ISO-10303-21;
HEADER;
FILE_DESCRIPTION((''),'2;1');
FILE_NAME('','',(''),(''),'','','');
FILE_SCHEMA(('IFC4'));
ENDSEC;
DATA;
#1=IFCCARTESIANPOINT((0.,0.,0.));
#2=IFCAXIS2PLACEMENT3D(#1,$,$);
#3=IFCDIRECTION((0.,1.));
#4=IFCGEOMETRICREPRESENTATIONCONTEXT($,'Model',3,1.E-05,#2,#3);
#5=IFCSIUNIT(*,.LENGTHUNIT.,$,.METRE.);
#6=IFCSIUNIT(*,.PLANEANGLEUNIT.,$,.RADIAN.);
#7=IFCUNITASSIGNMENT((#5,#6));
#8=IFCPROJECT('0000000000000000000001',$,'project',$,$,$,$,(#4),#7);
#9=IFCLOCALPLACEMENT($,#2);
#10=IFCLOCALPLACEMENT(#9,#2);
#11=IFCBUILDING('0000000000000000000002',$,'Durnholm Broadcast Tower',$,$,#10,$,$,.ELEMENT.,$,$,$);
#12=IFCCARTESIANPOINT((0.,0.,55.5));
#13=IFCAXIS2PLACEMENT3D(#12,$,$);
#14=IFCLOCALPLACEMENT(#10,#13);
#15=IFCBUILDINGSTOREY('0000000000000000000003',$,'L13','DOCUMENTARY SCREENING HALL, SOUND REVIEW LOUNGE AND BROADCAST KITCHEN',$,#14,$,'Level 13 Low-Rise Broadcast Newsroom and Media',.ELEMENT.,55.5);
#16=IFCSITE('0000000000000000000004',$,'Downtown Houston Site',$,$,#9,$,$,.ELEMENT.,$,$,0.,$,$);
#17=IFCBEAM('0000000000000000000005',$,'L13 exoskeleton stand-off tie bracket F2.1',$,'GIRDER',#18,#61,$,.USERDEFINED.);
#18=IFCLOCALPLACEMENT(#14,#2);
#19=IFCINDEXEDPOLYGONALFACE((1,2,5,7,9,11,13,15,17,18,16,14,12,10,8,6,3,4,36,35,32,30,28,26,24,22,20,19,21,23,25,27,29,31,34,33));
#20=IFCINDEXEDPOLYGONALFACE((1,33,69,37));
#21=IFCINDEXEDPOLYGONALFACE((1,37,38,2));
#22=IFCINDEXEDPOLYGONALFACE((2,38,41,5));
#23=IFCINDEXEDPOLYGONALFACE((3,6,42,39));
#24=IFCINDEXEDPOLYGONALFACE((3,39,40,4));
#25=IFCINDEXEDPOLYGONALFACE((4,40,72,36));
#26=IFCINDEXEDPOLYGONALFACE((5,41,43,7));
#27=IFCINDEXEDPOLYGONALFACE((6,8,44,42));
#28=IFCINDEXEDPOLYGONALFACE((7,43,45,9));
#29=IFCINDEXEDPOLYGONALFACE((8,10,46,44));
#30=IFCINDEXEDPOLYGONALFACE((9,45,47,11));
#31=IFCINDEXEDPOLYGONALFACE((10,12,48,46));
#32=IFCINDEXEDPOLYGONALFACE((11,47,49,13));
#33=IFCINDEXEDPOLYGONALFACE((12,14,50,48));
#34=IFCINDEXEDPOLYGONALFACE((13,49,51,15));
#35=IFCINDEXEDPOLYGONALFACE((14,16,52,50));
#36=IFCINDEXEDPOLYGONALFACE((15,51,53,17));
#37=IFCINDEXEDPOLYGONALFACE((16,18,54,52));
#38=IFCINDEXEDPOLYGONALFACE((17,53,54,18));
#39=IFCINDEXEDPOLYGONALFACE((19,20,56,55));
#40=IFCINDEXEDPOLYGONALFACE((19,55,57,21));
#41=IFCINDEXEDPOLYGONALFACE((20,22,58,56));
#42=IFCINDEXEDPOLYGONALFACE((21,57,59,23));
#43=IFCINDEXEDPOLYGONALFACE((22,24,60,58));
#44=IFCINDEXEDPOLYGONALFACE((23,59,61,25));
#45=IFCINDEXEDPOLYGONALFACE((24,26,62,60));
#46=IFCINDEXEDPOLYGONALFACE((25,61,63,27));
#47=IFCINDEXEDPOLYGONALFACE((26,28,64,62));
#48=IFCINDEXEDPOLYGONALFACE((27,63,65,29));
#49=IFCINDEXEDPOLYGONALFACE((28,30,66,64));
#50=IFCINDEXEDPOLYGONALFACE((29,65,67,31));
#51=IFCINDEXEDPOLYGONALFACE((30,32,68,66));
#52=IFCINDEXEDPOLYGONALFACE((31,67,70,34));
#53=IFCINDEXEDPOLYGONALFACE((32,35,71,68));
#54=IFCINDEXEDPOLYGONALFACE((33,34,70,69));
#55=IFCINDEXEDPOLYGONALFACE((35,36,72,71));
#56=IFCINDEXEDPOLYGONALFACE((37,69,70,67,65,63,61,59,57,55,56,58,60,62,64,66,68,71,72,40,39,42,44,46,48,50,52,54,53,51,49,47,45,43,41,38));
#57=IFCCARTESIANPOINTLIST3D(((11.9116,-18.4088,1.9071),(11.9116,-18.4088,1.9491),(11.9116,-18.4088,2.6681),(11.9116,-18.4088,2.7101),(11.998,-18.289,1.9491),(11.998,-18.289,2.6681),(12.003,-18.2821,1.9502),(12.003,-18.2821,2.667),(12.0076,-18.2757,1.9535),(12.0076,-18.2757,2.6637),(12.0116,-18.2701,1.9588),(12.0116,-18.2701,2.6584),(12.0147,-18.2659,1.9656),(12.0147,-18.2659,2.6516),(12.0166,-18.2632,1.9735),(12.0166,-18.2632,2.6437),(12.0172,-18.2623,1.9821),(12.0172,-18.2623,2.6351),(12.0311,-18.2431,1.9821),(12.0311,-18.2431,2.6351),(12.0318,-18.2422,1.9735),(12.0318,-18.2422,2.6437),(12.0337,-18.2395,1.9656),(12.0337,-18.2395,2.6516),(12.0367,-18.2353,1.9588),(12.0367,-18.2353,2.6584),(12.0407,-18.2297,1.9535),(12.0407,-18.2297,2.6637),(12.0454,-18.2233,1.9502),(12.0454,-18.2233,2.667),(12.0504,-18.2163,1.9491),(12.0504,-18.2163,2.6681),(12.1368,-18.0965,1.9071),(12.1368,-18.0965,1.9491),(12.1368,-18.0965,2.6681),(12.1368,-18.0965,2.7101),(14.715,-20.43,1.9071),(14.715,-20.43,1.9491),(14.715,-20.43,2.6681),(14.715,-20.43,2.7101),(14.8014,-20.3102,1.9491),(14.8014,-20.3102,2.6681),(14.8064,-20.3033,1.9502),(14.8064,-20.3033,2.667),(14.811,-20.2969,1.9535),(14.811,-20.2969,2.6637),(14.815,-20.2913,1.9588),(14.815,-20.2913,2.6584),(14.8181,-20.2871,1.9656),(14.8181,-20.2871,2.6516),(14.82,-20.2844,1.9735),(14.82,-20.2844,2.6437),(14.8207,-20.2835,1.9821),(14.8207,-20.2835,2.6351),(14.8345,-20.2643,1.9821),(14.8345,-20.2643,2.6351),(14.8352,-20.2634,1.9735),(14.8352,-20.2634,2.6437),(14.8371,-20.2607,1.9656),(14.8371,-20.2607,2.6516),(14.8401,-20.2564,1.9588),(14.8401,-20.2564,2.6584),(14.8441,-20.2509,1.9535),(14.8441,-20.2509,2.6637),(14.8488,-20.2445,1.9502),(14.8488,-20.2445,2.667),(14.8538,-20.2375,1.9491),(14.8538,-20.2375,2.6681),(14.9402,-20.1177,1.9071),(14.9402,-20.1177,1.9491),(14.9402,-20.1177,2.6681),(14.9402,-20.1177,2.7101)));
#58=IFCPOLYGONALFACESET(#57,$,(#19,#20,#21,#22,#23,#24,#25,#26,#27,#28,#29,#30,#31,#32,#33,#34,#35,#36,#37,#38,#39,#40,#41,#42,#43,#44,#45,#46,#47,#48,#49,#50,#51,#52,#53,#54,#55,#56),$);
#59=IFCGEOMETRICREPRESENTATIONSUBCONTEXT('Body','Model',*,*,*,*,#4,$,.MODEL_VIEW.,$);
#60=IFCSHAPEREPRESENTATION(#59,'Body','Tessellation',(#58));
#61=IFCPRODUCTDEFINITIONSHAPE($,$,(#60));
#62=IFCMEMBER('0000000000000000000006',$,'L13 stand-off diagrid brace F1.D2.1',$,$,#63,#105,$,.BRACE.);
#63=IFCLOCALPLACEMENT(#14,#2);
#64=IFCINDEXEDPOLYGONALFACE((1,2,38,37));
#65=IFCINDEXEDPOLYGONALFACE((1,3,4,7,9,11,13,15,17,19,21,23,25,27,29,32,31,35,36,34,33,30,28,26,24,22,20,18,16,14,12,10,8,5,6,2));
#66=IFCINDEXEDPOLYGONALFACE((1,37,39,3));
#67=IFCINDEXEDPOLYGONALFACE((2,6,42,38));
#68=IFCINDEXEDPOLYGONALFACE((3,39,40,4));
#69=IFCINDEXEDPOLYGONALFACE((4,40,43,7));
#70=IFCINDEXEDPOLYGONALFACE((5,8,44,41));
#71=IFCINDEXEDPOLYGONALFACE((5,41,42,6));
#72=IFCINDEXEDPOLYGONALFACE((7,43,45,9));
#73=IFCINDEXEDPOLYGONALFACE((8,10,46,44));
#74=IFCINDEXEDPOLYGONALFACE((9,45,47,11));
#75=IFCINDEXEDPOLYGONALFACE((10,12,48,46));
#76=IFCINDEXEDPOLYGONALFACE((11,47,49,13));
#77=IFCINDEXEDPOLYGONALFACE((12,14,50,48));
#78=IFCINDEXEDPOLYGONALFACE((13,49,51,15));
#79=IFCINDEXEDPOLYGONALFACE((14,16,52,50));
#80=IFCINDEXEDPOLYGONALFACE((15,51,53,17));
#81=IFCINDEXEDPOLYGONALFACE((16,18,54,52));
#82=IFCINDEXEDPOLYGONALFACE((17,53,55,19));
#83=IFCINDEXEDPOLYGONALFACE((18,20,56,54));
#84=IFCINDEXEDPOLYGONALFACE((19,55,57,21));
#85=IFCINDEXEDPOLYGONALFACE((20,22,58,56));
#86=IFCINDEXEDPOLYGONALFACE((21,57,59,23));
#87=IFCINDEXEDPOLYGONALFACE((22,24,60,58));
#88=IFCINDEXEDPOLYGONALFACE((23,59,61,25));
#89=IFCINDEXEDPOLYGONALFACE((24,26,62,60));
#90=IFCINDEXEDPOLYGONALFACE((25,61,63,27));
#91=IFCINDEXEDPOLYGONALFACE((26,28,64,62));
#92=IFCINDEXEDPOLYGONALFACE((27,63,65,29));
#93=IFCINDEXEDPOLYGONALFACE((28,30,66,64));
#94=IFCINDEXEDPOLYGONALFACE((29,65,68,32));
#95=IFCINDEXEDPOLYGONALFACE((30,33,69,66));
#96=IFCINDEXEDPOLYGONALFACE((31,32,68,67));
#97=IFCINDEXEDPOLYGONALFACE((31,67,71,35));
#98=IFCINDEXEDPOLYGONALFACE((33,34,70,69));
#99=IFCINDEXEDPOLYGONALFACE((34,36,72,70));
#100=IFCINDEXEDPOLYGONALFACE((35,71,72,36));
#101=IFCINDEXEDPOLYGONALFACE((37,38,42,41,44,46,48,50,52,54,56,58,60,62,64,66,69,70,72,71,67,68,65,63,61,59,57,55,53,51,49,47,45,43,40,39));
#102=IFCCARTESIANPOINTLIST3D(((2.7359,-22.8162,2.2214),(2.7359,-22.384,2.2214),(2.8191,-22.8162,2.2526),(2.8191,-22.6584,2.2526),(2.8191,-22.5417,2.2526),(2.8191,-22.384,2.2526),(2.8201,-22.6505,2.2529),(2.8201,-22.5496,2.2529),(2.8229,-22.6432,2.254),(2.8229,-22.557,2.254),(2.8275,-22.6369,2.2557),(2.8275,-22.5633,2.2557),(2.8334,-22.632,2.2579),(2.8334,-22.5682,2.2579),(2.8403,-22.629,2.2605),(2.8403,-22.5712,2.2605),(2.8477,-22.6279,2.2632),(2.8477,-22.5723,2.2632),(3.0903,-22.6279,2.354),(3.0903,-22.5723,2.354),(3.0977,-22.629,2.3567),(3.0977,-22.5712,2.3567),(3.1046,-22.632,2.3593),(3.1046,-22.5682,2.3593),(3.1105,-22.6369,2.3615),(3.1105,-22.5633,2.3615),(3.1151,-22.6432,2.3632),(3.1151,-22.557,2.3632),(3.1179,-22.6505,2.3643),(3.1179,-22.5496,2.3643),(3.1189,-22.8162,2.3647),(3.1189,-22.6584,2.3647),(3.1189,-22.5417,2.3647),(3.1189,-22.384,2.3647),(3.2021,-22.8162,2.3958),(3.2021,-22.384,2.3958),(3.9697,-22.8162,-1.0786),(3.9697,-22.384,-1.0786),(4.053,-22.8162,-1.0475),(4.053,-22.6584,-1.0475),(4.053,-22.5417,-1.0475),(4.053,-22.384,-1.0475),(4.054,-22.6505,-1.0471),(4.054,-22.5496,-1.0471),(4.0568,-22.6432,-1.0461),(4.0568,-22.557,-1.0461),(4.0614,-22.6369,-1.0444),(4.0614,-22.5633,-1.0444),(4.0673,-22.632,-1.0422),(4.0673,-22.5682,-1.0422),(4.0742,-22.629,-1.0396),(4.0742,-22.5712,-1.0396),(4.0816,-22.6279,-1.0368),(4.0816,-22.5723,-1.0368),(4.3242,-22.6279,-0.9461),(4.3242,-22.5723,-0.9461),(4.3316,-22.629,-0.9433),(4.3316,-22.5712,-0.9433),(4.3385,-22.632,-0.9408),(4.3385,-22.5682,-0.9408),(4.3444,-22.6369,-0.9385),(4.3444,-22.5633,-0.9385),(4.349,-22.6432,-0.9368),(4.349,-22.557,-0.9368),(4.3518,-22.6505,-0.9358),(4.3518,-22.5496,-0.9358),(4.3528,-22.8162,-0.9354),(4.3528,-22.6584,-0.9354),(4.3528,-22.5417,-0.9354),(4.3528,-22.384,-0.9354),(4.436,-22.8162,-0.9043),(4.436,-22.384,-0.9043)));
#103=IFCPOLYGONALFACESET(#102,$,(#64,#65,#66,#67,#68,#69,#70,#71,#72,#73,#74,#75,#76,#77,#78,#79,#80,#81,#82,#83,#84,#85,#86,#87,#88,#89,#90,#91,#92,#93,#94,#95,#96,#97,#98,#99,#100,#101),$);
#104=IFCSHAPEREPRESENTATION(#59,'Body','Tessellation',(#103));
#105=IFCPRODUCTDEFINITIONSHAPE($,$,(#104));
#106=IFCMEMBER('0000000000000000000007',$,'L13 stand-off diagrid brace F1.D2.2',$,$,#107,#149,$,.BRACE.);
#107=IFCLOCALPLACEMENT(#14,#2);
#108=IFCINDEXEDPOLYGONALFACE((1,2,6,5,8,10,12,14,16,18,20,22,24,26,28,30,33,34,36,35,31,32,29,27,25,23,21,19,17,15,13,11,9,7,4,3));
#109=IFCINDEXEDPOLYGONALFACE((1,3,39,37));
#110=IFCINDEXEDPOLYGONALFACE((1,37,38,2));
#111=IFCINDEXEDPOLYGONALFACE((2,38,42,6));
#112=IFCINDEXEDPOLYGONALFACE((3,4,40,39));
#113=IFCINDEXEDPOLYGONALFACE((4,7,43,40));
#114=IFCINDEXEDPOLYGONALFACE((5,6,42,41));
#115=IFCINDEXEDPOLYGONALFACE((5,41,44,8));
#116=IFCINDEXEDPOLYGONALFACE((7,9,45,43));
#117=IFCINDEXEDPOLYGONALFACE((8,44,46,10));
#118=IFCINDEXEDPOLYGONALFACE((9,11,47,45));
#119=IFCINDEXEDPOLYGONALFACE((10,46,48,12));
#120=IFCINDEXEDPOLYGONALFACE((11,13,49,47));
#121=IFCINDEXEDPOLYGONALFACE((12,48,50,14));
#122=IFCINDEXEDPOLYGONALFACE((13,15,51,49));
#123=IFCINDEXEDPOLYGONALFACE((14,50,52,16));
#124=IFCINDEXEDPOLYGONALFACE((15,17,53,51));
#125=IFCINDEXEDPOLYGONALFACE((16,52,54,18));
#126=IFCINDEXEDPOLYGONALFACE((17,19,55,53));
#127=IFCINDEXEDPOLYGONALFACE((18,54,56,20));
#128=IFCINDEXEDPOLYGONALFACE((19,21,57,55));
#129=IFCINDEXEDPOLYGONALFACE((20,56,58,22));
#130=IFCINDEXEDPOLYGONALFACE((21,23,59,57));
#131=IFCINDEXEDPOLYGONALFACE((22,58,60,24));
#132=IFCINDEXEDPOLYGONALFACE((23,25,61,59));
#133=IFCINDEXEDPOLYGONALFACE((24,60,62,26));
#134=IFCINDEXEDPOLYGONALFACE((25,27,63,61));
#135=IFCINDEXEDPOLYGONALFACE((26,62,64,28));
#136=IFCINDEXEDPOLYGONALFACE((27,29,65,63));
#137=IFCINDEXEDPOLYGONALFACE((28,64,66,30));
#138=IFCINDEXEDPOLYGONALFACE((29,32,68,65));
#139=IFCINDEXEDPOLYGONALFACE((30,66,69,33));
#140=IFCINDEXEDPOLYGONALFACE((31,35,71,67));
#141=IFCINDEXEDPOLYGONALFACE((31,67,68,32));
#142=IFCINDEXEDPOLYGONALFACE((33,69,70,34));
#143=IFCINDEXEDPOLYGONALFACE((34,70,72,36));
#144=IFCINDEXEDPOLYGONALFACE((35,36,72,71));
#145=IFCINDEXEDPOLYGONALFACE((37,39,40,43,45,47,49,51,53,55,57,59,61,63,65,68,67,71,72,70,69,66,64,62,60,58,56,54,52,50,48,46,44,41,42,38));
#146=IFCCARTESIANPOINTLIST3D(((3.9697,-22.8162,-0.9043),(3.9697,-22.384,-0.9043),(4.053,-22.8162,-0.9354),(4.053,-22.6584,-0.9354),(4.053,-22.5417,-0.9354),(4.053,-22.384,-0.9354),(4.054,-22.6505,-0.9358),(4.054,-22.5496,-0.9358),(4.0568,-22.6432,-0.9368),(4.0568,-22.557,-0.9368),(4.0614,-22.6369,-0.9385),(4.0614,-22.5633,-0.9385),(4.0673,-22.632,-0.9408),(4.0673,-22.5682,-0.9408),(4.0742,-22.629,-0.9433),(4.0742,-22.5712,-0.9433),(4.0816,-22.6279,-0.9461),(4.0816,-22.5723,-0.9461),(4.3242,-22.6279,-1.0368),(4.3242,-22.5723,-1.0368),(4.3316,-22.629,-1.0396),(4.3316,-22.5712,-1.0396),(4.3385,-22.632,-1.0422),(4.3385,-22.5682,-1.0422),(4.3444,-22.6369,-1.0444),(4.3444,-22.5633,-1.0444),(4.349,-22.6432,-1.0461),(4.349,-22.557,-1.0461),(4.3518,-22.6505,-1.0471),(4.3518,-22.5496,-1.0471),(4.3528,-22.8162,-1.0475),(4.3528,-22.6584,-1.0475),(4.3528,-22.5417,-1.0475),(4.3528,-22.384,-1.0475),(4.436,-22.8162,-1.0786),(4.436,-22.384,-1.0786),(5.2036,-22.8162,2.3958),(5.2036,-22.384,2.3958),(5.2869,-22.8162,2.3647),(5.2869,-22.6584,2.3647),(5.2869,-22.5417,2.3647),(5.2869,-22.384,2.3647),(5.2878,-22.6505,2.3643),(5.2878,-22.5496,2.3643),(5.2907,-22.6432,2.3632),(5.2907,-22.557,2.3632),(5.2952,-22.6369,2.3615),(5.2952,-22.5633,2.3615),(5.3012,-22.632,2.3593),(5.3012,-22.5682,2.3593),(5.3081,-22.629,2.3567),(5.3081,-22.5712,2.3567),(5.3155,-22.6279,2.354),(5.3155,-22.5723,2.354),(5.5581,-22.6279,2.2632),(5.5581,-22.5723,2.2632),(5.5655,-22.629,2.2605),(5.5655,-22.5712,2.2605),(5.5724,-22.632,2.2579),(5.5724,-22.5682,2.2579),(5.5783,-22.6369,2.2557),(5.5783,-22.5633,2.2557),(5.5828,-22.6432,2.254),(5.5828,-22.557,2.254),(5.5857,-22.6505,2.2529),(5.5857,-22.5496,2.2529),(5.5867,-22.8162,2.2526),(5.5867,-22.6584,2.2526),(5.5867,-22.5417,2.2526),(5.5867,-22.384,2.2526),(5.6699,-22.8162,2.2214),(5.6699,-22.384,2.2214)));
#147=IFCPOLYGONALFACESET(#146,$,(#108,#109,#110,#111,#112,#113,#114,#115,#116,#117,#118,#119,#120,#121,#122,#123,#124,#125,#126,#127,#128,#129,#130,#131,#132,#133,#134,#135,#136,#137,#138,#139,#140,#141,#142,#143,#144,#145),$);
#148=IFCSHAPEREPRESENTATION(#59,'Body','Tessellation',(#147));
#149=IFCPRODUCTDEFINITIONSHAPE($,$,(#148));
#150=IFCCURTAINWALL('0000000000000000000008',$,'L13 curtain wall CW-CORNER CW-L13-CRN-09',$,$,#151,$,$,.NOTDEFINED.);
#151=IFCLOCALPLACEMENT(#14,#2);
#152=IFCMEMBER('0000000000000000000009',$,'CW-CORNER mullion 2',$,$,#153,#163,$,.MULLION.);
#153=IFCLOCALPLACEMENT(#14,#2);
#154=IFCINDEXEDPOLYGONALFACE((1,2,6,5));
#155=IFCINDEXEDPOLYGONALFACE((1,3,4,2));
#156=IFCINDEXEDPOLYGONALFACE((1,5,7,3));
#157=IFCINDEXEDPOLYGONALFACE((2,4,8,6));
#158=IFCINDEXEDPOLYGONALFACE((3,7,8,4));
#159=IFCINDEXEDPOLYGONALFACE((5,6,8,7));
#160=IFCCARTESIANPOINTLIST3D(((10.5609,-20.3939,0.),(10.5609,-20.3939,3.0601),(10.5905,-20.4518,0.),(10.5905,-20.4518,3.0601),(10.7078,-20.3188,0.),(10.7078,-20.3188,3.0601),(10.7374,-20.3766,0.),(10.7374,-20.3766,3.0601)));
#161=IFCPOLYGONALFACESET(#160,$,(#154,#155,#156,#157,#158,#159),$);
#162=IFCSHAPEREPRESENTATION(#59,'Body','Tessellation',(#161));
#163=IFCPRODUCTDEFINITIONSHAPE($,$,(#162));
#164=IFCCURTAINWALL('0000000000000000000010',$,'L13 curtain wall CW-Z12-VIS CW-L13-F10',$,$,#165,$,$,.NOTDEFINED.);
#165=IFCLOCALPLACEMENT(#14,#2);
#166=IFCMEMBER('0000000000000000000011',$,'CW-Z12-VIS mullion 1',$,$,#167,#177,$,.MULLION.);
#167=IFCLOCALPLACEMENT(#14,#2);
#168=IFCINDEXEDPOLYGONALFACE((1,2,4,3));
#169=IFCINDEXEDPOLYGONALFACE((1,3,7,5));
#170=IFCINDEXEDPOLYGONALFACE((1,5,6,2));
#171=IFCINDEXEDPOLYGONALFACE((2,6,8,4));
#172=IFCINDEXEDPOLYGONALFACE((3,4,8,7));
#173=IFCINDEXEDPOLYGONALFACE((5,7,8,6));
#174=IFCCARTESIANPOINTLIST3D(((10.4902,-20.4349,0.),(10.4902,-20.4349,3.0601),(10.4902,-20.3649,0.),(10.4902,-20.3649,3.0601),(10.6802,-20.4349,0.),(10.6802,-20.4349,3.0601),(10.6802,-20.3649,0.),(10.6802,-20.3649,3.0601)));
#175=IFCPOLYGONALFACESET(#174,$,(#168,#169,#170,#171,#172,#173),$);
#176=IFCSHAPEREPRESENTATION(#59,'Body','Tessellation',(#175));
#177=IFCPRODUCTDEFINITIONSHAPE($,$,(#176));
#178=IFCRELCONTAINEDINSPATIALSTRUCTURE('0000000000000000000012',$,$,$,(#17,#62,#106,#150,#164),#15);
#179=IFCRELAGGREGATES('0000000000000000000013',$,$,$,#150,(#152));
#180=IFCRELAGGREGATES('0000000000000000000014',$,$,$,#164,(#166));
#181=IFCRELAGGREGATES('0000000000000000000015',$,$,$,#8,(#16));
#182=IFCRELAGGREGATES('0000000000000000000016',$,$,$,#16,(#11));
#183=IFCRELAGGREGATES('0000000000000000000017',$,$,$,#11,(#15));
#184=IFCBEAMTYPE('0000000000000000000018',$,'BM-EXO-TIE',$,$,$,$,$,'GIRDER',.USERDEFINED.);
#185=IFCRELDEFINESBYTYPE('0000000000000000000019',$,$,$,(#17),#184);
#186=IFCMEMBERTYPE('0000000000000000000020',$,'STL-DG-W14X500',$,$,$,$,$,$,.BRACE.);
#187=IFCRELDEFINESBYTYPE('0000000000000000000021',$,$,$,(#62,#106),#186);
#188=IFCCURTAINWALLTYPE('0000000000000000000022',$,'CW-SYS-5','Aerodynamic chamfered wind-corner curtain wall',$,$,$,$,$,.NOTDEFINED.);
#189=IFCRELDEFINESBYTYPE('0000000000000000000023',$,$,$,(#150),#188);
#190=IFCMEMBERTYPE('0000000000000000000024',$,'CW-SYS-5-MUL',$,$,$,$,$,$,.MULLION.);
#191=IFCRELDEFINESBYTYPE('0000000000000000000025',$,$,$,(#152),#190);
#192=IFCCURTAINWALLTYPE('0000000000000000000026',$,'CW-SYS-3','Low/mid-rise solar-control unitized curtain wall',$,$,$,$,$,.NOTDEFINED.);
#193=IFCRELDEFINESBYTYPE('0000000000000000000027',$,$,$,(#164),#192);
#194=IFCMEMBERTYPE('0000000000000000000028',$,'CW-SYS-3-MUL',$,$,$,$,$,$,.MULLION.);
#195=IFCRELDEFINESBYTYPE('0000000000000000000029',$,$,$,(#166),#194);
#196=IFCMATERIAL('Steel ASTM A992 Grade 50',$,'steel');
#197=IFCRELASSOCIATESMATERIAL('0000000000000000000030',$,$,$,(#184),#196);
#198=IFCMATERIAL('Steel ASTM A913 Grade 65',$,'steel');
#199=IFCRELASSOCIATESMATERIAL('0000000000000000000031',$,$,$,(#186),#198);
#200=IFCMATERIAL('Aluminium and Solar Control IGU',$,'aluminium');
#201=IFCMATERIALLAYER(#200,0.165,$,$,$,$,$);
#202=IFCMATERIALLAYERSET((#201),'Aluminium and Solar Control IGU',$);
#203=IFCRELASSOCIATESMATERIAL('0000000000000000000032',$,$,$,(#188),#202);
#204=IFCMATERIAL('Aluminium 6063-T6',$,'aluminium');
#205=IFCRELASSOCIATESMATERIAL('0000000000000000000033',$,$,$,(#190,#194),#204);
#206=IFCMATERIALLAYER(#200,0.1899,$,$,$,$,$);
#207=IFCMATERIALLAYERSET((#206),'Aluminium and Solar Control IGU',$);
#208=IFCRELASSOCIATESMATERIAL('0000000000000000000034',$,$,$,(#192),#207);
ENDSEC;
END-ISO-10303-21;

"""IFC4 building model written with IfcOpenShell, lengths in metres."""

from ifc_helpers import new_model, si_unit, direction, frame, origin, origin_2d, place, context, subcontext, project, spatial, rectangle, i_section, extrude, source, transform, mapped, material, layer, layer_set, material_profile, profile_set, type_object, type_shapes, element, aggregate, save


model = new_model("IFC4")

# Units and contexts
model_context = context("Model", 3, precision=1e-05, world=origin(), true_north=direction((0.0, 1.0)))
body_context = subcontext(model_context, "Body", "Model", "MODEL_VIEW")
ifc_project = project(units=[si_unit("LENGTHUNIT", "METRE"), si_unit("PLANEANGLEUNIT", "RADIAN")], contexts=[model_context])

# Site, building, storey
site_placement = place(None, origin())
site = spatial("IfcSite", under=ifc_project, at=site_placement, Name="Downtown Houston Site", CompositionType="ELEMENT", RefElevation=0.0)
building_placement = place(site_placement, origin())
building = spatial("IfcBuilding", under=site, at=building_placement, Name="Durnholm Broadcast Tower", CompositionType="ELEMENT")
storey_placement = place(building_placement, frame((0.0, 0.0, 55.5)))
storey = spatial("IfcBuildingStorey", under=building, at=storey_placement, Name="L13", Description="DOCUMENTARY SCREENING HALL, SOUND REVIEW LOUNGE AND BROADCAST KITCHEN", LongName="Level 13 Low-Rise Broadcast Newsroom and Media", CompositionType="ELEMENT", Elevation=55.5)

# Beam
ifc_material_1 = material(Name="Steel ASTM A992 Grade 50", Category="steel")
ifc_material_profile_1 = material_profile(ifc_material_1, i_section(OverallWidth=0.385, OverallDepth=0.803, WebThickness=0.0237, FlangeThickness=0.042, FilletRadius=0.033, at=origin_2d()), Name="W30X261")
ifc_profile_set_1 = profile_set([ifc_material_profile_1], Name="Steel ASTM A992 Grade 50")
beam_type_1 = type_object("IfcBeamType", Name="BM-EXO-TIE", ElementType="GIRDER", PredefinedType="USERDEFINED", material=ifc_profile_set_1)
shared_shape_1 = source(origin(), body_context, "Body", "SweptSolid", [
    extrude(i_section(OverallWidth=0.385, OverallDepth=0.803, WebThickness=0.0237, FlangeThickness=0.042, FilletRadius=0.033, at=origin_2d()), origin(), (0.0, 0.0, 1.0), 3.4561),
])
type_shapes(beam_type_1, [shared_shape_1])
for number, where, z_axis, x_axis, name in (
    (1, (12.0242, -18.2527, 2.3086), (0.811158, -0.584828, 0.0), (0.584828, 0.811158, 0.0), "L13 exoskeleton stand-off tie bracket F2.1"),
):
    element("IfcBeam", number, at=place(storey_placement, frame(where, z_axis=z_axis, x_axis=x_axis)), inside=storey, type_object=beam_type_1, Name=name, ObjectType="GIRDER", PredefinedType="USERDEFINED", context=body_context, shape_type="MappedRepresentation", body=[
        mapped(shared_shape_1, transform((0.0, 0.0, 0.0), x_axis=(1.0, 0.0, 0.0), y_axis=(0.0, 1.0, 0.0), z_axis=(0.0, 0.0, 1.0), scale=1.0)),
    ])

# Members
ifc_material_2 = material(Name="Steel ASTM A913 Grade 65", Category="steel")
ifc_material_profile_2 = material_profile(ifc_material_2, i_section(OverallWidth=0.4321, OverallDepth=0.4978, WebThickness=0.0557, FlangeThickness=0.0889, FilletRadius=0.0305, at=origin_2d()), Name="W14X500")
ifc_profile_set_2 = profile_set([ifc_material_profile_2], Name="Steel ASTM A913 Grade 65")
member_type_1 = type_object("IfcMemberType", Name="STL-DG-W14X500", PredefinedType="BRACE", material=ifc_profile_set_2)
shared_shape_2 = source(origin(), body_context, "Body", "SweptSolid", [
    extrude(i_section(OverallWidth=0.4321, OverallDepth=0.4978, WebThickness=0.0557, FlangeThickness=0.0889, FilletRadius=0.0305, at=origin_2d()), origin(), (0.0, 0.0, 1.0), 3.5232),
])
type_shapes(member_type_1, [shared_shape_2])
for number, where, z_axis, x_axis, name in (
    (2, (4.2029, -22.6001, -0.9915), (-0.35022, 0.0, 0.936668), (0.0, -1.0, 0.0), "L13 stand-off diagrid brace F1.D2.1"),
    (3, (4.2029, -22.6001, -0.9915), (0.35022, 0.0, 0.936668), (0.0, 1.0, 0.0), "L13 stand-off diagrid brace F1.D2.2"),
):
    element("IfcMember", number, at=place(storey_placement, frame(where, z_axis=z_axis, x_axis=x_axis)), inside=storey, type_object=member_type_1, Name=name, PredefinedType="BRACE", context=body_context, shape_type="MappedRepresentation", body=[
        mapped(shared_shape_2, transform((0.0, 0.0, 0.0), x_axis=(1.0, 0.0, 0.0), y_axis=(0.0, 1.0, 0.0), z_axis=(0.0, 0.0, 1.0), scale=1.0)),
    ])

# Curtain wall, member
ifc_material_3 = material(Name="Aluminium and Solar Control IGU", Category="aluminium")
ifc_layer_1 = layer(ifc_material_3, 0.165)
ifc_layer_set_1 = layer_set([ifc_layer_1], Name="Aluminium and Solar Control IGU")
curtain_wall_type_1 = type_object("IfcCurtainWallType", Name="CW-SYS-5", Description="Aerodynamic chamfered wind-corner curtain wall", PredefinedType="NOTDEFINED", material=ifc_layer_set_1)
curtain_wall_1_placement = place(storey_placement, origin())
curtain_wall_1 = element("IfcCurtainWall", 4, at=curtain_wall_1_placement, inside=storey, type_object=curtain_wall_type_1, Name="L13 curtain wall CW-CORNER CW-L13-CRN-09", PredefinedType="NOTDEFINED")
ifc_material_4 = material(Name="Aluminium 6063-T6", Category="aluminium")
ifc_material_profile_3 = material_profile(ifc_material_4, rectangle(XDim=0.0649, YDim=0.165, at=origin_2d()), Name="CWM65X165")
ifc_profile_set_3 = profile_set([ifc_material_profile_3], Name="Aluminium 6063-T6")
member_type_2 = type_object("IfcMemberType", Name="CW-SYS-5-MUL", PredefinedType="MULLION", material=ifc_profile_set_3)
shared_shape_3 = source(origin(), body_context, "Body", "SweptSolid", [
    extrude(rectangle(XDim=0.0649, YDim=0.165, at=origin_2d()), origin(), (0.0, 0.0, 1.0), 3.0601),
])
type_shapes(member_type_2, [shared_shape_3])
member_1_placement = place(storey_placement, frame((10.6492, -20.3853, 0.0), z_axis=(0.0, 0.0, 1.0), x_axis=(0.455594, -0.890188, 0.0)))
member_1 = element("IfcMember", 5, at=member_1_placement, type_object=member_type_2, Name="CW-CORNER mullion 2", PredefinedType="MULLION", context=body_context, shape_type="MappedRepresentation", body=[
    mapped(shared_shape_3, transform((0.0, 0.0, 0.0), x_axis=(1.0, 0.0, 0.0), y_axis=(0.0, 1.0, 0.0), z_axis=(0.0, 0.0, 1.0), scale=1.0)),
])

# Curtain wall, member
ifc_layer_2 = layer(ifc_material_3, 0.1899)
ifc_layer_set_2 = layer_set([ifc_layer_2], Name="Aluminium and Solar Control IGU")
curtain_wall_type_2 = type_object("IfcCurtainWallType", Name="CW-SYS-3", Description="Low/mid-rise solar-control unitized curtain wall", PredefinedType="NOTDEFINED", material=ifc_layer_set_2)
curtain_wall_2_placement = place(storey_placement, origin())
curtain_wall_2 = element("IfcCurtainWall", 6, at=curtain_wall_2_placement, inside=storey, type_object=curtain_wall_type_2, Name="L13 curtain wall CW-Z12-VIS CW-L13-F10", PredefinedType="NOTDEFINED")
ifc_material_profile_4 = material_profile(ifc_material_4, rectangle(XDim=0.0701, YDim=0.1899, at=origin_2d()), Name="CWM70X190")
ifc_profile_set_4 = profile_set([ifc_material_profile_4], Name="Aluminium 6063-T6")
member_type_3 = type_object("IfcMemberType", Name="CW-SYS-3-MUL", PredefinedType="MULLION", material=ifc_profile_set_4)
shared_shape_4 = source(origin(), body_context, "Body", "SweptSolid", [
    extrude(rectangle(XDim=0.0701, YDim=0.1899, at=origin_2d()), origin(), (0.0, 0.0, 1.0), 3.0601),
])
type_shapes(member_type_3, [shared_shape_4])
member_2_placement = place(storey_placement, frame((10.5852, -20.3999, 0.0), z_axis=(0.0, 0.0, 1.0), x_axis=(0.0, -1.0, 0.0)))
member_2 = element("IfcMember", 7, at=member_2_placement, type_object=member_type_3, Name="CW-Z12-VIS mullion 1", PredefinedType="MULLION", context=body_context, shape_type="MappedRepresentation", body=[
    mapped(shared_shape_4, transform((0.0, 0.0, 0.0), x_axis=(1.0, 0.0, 0.0), y_axis=(0.0, 1.0, 0.0), z_axis=(0.0, 0.0, 1.0), scale=1.0)),
])

aggregate(curtain_wall_1, [member_1])
aggregate(curtain_wall_2, [member_2])

save(model, "model.ifc")
